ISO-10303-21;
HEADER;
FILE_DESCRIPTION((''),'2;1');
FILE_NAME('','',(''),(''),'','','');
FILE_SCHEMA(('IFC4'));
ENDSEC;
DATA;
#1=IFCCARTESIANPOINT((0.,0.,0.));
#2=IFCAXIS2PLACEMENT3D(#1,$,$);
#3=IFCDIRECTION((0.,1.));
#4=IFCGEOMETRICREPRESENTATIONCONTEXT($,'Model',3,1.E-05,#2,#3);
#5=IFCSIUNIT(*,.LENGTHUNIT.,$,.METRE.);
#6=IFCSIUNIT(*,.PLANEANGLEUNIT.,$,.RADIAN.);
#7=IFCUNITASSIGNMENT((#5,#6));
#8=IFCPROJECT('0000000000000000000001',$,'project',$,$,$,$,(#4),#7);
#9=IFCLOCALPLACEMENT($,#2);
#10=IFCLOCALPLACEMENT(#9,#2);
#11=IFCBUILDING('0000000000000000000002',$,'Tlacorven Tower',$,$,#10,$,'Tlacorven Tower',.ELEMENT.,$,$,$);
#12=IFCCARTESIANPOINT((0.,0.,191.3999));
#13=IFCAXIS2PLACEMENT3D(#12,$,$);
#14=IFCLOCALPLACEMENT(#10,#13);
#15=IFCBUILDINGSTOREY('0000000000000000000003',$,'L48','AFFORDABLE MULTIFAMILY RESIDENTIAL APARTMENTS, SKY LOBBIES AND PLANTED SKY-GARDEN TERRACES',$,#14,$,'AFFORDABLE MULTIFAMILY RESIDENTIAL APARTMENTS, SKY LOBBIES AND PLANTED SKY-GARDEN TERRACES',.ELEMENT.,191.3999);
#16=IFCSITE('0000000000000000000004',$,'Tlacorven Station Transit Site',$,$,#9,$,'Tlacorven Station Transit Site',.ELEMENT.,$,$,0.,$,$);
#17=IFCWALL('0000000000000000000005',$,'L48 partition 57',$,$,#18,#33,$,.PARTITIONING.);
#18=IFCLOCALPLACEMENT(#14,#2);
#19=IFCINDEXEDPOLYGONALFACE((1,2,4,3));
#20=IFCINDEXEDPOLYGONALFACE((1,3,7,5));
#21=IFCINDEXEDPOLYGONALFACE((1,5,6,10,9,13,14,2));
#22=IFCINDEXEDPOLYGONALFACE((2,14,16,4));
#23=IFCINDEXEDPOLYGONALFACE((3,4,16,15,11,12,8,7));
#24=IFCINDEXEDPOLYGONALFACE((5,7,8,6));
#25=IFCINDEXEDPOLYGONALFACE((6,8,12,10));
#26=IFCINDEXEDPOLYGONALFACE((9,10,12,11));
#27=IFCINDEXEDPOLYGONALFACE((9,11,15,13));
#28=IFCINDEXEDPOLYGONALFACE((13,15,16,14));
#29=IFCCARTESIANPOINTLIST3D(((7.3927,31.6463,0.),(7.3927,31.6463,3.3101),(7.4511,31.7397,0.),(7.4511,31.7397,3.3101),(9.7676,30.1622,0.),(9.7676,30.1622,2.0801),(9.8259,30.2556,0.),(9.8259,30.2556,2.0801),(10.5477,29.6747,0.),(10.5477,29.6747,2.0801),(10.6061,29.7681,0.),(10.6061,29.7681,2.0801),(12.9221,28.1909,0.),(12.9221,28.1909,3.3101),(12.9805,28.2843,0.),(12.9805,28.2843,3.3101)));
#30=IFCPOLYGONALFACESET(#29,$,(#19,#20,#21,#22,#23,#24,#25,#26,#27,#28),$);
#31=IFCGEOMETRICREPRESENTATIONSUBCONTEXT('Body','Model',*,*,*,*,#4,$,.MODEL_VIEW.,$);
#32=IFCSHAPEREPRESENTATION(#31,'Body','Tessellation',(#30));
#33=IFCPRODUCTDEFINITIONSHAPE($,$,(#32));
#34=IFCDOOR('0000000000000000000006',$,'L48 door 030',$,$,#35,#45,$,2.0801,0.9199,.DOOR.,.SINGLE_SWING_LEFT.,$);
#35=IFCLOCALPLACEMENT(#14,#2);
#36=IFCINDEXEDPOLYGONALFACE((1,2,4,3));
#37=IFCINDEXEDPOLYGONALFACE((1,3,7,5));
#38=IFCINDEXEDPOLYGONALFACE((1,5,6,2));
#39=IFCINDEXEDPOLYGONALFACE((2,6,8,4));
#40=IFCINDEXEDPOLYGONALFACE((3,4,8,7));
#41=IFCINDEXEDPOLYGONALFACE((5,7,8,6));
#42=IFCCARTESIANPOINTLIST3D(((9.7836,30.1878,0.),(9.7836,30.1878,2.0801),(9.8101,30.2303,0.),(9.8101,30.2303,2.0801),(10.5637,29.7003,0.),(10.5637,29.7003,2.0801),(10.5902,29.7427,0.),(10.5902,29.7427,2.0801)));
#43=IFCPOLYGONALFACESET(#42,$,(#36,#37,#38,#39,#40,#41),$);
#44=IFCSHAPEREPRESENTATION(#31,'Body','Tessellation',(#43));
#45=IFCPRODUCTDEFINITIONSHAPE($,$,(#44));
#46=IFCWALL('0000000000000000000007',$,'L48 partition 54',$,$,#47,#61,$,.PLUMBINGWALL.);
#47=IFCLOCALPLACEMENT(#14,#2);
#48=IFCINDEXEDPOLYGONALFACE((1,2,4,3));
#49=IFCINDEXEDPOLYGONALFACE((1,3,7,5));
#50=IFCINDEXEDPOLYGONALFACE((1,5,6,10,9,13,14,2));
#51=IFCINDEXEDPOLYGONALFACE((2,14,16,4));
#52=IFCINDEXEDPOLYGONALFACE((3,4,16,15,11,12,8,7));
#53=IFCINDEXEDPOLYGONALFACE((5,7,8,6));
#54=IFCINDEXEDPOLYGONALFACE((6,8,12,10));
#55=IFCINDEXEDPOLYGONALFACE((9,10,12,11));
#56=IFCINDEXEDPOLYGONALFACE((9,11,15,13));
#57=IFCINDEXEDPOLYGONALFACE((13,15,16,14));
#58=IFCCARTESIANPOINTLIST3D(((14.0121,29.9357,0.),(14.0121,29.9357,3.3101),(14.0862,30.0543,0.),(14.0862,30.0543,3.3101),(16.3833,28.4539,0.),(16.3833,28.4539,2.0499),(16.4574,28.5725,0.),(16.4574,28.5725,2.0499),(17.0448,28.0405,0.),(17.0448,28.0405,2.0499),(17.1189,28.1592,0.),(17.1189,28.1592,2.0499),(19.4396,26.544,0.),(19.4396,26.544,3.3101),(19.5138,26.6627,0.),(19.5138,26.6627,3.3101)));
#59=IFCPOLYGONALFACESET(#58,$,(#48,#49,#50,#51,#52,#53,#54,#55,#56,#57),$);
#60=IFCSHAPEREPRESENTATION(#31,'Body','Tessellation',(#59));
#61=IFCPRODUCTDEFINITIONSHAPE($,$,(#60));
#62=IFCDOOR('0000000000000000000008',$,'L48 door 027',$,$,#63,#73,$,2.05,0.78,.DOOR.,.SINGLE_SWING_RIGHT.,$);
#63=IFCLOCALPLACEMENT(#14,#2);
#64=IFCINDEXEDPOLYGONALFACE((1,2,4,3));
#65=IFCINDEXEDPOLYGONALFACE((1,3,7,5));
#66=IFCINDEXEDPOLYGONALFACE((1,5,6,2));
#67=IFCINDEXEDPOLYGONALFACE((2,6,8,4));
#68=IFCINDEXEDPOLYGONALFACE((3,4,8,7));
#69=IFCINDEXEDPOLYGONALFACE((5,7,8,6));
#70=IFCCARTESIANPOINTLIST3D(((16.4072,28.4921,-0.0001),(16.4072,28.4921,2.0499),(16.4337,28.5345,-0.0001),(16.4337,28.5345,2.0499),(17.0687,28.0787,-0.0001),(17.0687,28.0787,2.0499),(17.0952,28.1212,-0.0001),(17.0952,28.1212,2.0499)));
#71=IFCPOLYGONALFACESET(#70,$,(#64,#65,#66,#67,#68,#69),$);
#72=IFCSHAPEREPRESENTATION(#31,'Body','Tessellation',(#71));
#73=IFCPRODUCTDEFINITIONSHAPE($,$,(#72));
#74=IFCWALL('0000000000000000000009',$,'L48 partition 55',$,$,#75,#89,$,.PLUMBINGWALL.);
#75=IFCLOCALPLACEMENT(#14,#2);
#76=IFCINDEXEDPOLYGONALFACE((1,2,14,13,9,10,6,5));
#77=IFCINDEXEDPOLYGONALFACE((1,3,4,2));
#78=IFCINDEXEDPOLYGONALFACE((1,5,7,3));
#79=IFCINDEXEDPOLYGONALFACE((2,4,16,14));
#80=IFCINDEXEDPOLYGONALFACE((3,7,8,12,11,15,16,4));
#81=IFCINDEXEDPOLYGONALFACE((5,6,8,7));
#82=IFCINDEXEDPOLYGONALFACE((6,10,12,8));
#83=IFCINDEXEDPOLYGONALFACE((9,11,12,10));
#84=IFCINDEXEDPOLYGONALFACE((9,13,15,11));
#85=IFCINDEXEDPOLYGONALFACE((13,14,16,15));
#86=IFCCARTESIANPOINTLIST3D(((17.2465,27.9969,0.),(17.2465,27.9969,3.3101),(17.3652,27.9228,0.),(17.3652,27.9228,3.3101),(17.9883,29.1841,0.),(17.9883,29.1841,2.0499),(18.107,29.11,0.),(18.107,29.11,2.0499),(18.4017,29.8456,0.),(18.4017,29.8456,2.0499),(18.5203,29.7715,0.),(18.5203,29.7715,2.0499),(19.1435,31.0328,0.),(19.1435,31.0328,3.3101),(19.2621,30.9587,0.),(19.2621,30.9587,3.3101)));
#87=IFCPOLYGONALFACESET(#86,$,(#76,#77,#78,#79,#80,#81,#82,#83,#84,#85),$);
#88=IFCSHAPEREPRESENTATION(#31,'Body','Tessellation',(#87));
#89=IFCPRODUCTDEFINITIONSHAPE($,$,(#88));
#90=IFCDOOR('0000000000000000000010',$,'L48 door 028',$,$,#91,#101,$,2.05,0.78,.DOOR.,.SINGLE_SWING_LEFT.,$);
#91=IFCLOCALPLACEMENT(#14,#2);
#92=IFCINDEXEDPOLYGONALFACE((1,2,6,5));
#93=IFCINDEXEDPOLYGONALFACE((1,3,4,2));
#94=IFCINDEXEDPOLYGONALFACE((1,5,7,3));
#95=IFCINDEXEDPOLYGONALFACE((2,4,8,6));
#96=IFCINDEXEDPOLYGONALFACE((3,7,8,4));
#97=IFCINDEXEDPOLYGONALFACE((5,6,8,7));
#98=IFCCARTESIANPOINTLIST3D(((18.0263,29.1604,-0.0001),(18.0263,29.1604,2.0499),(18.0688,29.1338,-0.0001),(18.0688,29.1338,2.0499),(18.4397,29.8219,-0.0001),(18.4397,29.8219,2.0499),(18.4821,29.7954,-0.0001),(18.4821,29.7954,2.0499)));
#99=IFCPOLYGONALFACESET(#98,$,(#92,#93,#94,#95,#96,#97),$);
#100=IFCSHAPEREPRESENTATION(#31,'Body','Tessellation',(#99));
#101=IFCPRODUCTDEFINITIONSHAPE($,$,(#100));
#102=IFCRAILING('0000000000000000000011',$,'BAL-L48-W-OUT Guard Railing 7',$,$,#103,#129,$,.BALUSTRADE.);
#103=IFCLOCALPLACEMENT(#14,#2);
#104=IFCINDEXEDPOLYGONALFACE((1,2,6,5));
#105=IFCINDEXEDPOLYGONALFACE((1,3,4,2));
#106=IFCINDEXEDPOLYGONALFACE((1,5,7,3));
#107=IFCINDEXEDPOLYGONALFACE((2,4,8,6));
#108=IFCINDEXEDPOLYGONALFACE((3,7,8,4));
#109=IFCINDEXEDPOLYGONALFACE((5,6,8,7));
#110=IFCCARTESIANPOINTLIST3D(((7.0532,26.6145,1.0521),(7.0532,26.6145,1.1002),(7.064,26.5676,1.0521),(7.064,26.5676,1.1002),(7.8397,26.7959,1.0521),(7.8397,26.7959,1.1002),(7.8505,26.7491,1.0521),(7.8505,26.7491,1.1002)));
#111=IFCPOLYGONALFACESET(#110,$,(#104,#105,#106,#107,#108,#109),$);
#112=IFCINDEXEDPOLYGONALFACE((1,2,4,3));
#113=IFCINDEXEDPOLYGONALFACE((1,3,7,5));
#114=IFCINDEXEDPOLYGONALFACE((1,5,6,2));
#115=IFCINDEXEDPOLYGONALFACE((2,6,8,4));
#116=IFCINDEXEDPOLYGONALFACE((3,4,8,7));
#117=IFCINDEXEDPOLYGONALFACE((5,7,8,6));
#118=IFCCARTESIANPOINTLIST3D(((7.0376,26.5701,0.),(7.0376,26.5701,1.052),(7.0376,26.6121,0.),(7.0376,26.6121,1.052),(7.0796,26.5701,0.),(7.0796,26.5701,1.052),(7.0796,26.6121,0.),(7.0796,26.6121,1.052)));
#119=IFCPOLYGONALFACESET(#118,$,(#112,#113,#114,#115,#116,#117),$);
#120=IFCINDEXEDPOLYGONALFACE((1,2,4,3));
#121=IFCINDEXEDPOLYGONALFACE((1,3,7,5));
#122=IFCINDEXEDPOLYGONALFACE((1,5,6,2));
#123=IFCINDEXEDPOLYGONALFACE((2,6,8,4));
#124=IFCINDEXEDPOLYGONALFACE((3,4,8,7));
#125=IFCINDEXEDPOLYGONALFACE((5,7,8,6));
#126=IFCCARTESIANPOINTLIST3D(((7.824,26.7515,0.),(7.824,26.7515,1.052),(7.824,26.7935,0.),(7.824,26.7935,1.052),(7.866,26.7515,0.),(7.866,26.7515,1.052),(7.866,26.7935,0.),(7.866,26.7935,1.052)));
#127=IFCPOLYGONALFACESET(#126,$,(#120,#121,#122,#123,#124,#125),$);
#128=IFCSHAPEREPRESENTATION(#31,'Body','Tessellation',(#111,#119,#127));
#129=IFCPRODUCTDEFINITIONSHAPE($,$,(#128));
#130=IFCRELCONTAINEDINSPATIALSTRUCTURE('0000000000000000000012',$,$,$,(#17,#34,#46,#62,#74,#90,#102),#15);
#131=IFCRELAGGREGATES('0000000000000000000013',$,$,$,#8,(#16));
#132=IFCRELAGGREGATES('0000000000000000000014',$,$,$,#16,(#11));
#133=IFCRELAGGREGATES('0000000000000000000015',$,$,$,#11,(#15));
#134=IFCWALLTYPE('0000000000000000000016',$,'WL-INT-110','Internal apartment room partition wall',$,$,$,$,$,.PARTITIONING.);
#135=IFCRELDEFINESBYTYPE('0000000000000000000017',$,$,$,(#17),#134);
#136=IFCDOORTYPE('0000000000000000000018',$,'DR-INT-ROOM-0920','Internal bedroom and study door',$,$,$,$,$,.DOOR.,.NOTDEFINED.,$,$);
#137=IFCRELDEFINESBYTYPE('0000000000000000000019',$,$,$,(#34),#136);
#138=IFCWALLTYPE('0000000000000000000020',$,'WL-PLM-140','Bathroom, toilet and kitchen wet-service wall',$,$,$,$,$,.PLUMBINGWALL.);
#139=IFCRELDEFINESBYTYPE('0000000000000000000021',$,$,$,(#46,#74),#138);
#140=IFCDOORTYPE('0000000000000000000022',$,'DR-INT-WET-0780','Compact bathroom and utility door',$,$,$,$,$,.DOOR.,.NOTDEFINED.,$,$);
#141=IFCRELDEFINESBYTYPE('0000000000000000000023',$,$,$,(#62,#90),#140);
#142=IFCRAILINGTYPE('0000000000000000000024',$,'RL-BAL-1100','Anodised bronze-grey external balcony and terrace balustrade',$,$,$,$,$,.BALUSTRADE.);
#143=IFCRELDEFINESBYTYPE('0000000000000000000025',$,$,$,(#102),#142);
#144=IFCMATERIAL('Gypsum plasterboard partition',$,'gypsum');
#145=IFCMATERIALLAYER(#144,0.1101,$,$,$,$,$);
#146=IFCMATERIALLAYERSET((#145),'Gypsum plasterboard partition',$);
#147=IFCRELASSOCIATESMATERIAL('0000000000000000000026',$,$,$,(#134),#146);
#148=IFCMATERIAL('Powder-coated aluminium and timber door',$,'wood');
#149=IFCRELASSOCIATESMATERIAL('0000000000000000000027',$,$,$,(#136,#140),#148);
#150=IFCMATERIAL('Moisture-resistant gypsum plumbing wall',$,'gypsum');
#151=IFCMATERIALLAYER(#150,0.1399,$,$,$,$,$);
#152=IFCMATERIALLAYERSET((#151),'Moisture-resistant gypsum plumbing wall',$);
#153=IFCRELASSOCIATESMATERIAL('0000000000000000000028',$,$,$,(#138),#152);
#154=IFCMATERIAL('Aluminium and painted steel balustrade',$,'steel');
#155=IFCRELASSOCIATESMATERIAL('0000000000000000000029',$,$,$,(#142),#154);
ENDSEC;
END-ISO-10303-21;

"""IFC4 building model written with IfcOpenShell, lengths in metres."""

from ifc_helpers import new_model, si_unit, direction, frame, frame_2d, origin, origin_2d, place, context, subcontext, project, spatial, rectangle, extrude, source, transform, mapped, material, layer, layer_set, type_object, element, fill, save


model = new_model("IFC4")

# Units and contexts
model_context = context("Model", 3, precision=1e-05, world=origin(), true_north=direction((0.0, 1.0)))
body_context = subcontext(model_context, "Body", "Model", "MODEL_VIEW")
ifc_project = project(units=[si_unit("LENGTHUNIT", "METRE"), si_unit("PLANEANGLEUNIT", "RADIAN")], contexts=[model_context])

# Site, building, storey
site_placement = place(None, origin())
site = spatial("IfcSite", under=ifc_project, at=site_placement, Name="Tlacorven Station Transit Site", LongName="Tlacorven Station Transit Site", CompositionType="ELEMENT", RefElevation=0.0)
building_placement = place(site_placement, origin())
building = spatial("IfcBuilding", under=site, at=building_placement, Name="Tlacorven Tower", LongName="Tlacorven Tower", CompositionType="ELEMENT")
storey_placement = place(building_placement, frame((0.0, 0.0, 191.3999)))
storey = spatial("IfcBuildingStorey", under=building, at=storey_placement, Name="L48", Description="AFFORDABLE MULTIFAMILY RESIDENTIAL APARTMENTS, SKY LOBBIES AND PLANTED SKY-GARDEN TERRACES", LongName="AFFORDABLE MULTIFAMILY RESIDENTIAL APARTMENTS, SKY LOBBIES AND PLANTED SKY-GARDEN TERRACES", CompositionType="ELEMENT", Elevation=191.3999)

# Walls, openings, doors
ifc_material_1 = material(Name="Gypsum plasterboard partition", Category="gypsum")
ifc_layer_1 = layer(ifc_material_1, 0.1101)
ifc_layer_set_1 = layer_set([ifc_layer_1], Name="Gypsum plasterboard partition")
wall_type_1 = type_object("IfcWallType", Name="WL-INT-110", Description="Internal apartment room partition wall", PredefinedType="PARTITIONING", material=ifc_layer_set_1)
ifc_material_2 = material(Name="Powder-coated aluminium and timber door", Category="wood")
door_type_1 = type_object("IfcDoorType", Name="DR-INT-ROOM-0920", Description="Internal bedroom and study door", OperationType="NOTDEFINED", PredefinedType="DOOR", material=ifc_material_2)
shared_shape_1 = source(origin(), body_context, "Body", "SweptSolid", [
    extrude(rectangle(XDim=0.9199, YDim=2.0801, at=frame_2d((0.46, 1.04))), frame((0.0, 0.0249, 0.0), z_axis=(0.0, -1.0, 0.0), x_axis=(1.0, 0.0, 0.0)), (0.0, 0.0, 1.0), 0.05),
])
wall_1_placement = place(storey_placement, frame((12.9514, 28.2375, 0.0), z_axis=(0.0, 0.0, 1.0), x_axis=(-0.848032, 0.529945, 0.0)))
wall_1 = element("IfcWall", 1, at=wall_1_placement, inside=storey, type_object=wall_type_1, Name="L48 partition 57", PredefinedType="PARTITIONING", context=body_context, shape_type="SweptSolid", body=[
    extrude(rectangle(XDim=6.5203, YDim=0.1101, at=frame_2d((3.2603, 0.0))), origin(), (0.0, 0.0, 1.0), 3.3101),
])
opening_1_placement = place(wall_1_placement, frame((2.8, 0.0, 0.0)))
opening_1 = element("IfcOpeningElement", 2, at=opening_1_placement, cuts=wall_1, PredefinedType="OPENING", context=body_context, shape_type="SweptSolid", body=[
    extrude(rectangle(XDim=0.9199, YDim=2.0801, at=frame_2d((0.46, 1.04))), frame((0.0, 0.0649, 0.0), z_axis=(0.0, -1.0, 0.0), x_axis=(1.0, 0.0, 0.0)), (0.0, 0.0, 1.0), 0.1301),
])
door_1_placement = place(opening_1_placement, origin())
door_1 = element("IfcDoor", 3, at=door_1_placement, inside=storey, type_object=door_type_1, Name="L48 door 030", OperationType="SINGLE_SWING_LEFT", OverallHeight=2.0801, OverallWidth=0.9199, PredefinedType="DOOR", context=body_context, shape_type="MappedRepresentation", body=[
    mapped(shared_shape_1, transform((0.0, 0.0, 0.0), scale=1.0)),
])
fill(opening_1, door_1)
ifc_material_3 = material(Name="Moisture-resistant gypsum plumbing wall", Category="gypsum")
ifc_layer_2 = layer(ifc_material_3, 0.1399)
ifc_layer_set_2 = layer_set([ifc_layer_2], Name="Moisture-resistant gypsum plumbing wall")
wall_type_2 = type_object("IfcWallType", Name="WL-PLM-140", Description="Bathroom, toilet and kitchen wet-service wall", PredefinedType="PLUMBINGWALL", material=ifc_layer_set_2)
wall_2_placement = place(storey_placement, frame((19.4768, 26.6033, 0.0), z_axis=(0.0, 0.0, 1.0), x_axis=(-0.848039, 0.529934, 0.0)))
wall_2 = element("IfcWall", 4, at=wall_2_placement, inside=storey, type_object=wall_type_2, Name="L48 partition 54", PredefinedType="PLUMBINGWALL", context=body_context, shape_type="SweptSolid", body=[
    extrude(rectangle(XDim=6.4001, YDim=0.1399, at=frame_2d((3.2002, 0.0))), origin(), (0.0, 0.0, 1.0), 3.3101),
])
opening_2_placement = place(wall_2_placement, frame((2.824, 0.0, 0.0)))
opening_2 = element("IfcOpeningElement", 5, at=opening_2_placement, cuts=wall_2, PredefinedType="OPENING", context=body_context, shape_type="SweptSolid", body=[
    extrude(rectangle(XDim=0.78, YDim=2.05, at=frame_2d((0.3901, 1.0249))), frame((0.0, 0.0801, 0.0), z_axis=(0.0, -1.0, 0.0), x_axis=(1.0, 0.0, 0.0)), (0.0, 0.0, 1.0), 0.1599),
])
door_type_2 = type_object("IfcDoorType", Name="DR-INT-WET-0780", Description="Compact bathroom and utility door", OperationType="NOTDEFINED", PredefinedType="DOOR", material=ifc_material_2)
shared_shape_2 = source(origin(), body_context, "Body", "SweptSolid", [
    extrude(rectangle(XDim=0.78, YDim=2.05, at=frame_2d((0.3901, 1.0249))), frame((0.0, 0.0249, 0.0), z_axis=(0.0, -1.0, 0.0), x_axis=(1.0, 0.0, 0.0)), (0.0, 0.0, 1.0), 0.05),
])
door_2_placement = place(opening_2_placement, origin())
door_2 = element("IfcDoor", 6, at=door_2_placement, inside=storey, type_object=door_type_2, Name="L48 door 027", OperationType="SINGLE_SWING_RIGHT", OverallHeight=2.05, OverallWidth=0.78, PredefinedType="DOOR", context=body_context, shape_type="MappedRepresentation", body=[
    mapped(shared_shape_2, transform((0.0, 0.0, 0.0), scale=1.0)),
])
fill(opening_2, door_2)
wall_3_placement = place(storey_placement, frame((19.2029, 30.9958, 0.0), z_axis=(0.0, 0.0, 1.0), x_axis=(-0.529907, -0.848056, 0.0)))
wall_3 = element("IfcWall", 7, at=wall_3_placement, inside=storey, type_object=wall_type_2, Name="L48 partition 55", PredefinedType="PLUMBINGWALL", context=body_context, shape_type="SweptSolid", body=[
    extrude(rectangle(XDim=3.5798, YDim=0.1399, at=frame_2d((1.79, 0.0))), origin(), (0.0, 0.0, 1.0), 3.3101),
])
opening_3_placement = place(wall_3_placement, frame((1.3999, 0.0, 0.0)))
opening_3 = element("IfcOpeningElement", 8, at=opening_3_placement, cuts=wall_3, PredefinedType="OPENING", context=body_context, shape_type="SweptSolid", body=[
    extrude(rectangle(XDim=0.78, YDim=2.05, at=frame_2d((0.3901, 1.0249))), frame((0.0, 0.0801, 0.0), z_axis=(0.0, -1.0, 0.0), x_axis=(1.0, 0.0, 0.0)), (0.0, 0.0, 1.0), 0.1599),
])
door_3_placement = place(opening_3_placement, origin())
door_3 = element("IfcDoor", 9, at=door_3_placement, inside=storey, type_object=door_type_2, Name="L48 door 028", OperationType="SINGLE_SWING_LEFT", OverallHeight=2.05, OverallWidth=0.78, PredefinedType="DOOR", context=body_context, shape_type="MappedRepresentation", body=[
    mapped(shared_shape_2, transform((0.0, 0.0, 0.0), scale=1.0)),
])
fill(opening_3, door_3)

# Railing
ifc_material_4 = material(Name="Aluminium and painted steel balustrade", Category="steel")
railing_type = type_object("IfcRailingType", Name="RL-BAL-1100", Description="Anodised bronze-grey external balcony and terrace balustrade", PredefinedType="BALUSTRADE", material=ifc_material_4)
shared_shape_3 = source(origin(), body_context, "Body", "SweptSolid", [
    extrude(rectangle(XDim=0.0481, YDim=0.0481, at=origin_2d()), frame((0.0, 0.0, 1.0762), z_axis=(0.974412, 0.224771, 0.0), x_axis=(-0.224771, 0.974412, 0.0)), (0.0, 0.0, 1.0), 0.8071),
    extrude(rectangle(XDim=0.042, YDim=0.042, at=origin_2d()), origin(), (0.0, 0.0, 1.0), 1.052),
    extrude(rectangle(XDim=0.042, YDim=0.042, at=origin_2d()), frame((0.7864, 0.1814, 0.0)), (0.0, 0.0, 1.0), 1.052),
])
railing_placement = place(storey_placement, frame((7.0586, 26.5911, 0.0)))
element("IfcRailing", 10, at=railing_placement, inside=storey, type_object=railing_type, Name="BAL-L48-W-OUT Guard Railing 7", PredefinedType="BALUSTRADE", context=body_context, shape_type="MappedRepresentation", body=[
    mapped(shared_shape_3, transform((0.0, 0.0, 0.0), scale=1.0)),
])

save(model, "model.ifc")
